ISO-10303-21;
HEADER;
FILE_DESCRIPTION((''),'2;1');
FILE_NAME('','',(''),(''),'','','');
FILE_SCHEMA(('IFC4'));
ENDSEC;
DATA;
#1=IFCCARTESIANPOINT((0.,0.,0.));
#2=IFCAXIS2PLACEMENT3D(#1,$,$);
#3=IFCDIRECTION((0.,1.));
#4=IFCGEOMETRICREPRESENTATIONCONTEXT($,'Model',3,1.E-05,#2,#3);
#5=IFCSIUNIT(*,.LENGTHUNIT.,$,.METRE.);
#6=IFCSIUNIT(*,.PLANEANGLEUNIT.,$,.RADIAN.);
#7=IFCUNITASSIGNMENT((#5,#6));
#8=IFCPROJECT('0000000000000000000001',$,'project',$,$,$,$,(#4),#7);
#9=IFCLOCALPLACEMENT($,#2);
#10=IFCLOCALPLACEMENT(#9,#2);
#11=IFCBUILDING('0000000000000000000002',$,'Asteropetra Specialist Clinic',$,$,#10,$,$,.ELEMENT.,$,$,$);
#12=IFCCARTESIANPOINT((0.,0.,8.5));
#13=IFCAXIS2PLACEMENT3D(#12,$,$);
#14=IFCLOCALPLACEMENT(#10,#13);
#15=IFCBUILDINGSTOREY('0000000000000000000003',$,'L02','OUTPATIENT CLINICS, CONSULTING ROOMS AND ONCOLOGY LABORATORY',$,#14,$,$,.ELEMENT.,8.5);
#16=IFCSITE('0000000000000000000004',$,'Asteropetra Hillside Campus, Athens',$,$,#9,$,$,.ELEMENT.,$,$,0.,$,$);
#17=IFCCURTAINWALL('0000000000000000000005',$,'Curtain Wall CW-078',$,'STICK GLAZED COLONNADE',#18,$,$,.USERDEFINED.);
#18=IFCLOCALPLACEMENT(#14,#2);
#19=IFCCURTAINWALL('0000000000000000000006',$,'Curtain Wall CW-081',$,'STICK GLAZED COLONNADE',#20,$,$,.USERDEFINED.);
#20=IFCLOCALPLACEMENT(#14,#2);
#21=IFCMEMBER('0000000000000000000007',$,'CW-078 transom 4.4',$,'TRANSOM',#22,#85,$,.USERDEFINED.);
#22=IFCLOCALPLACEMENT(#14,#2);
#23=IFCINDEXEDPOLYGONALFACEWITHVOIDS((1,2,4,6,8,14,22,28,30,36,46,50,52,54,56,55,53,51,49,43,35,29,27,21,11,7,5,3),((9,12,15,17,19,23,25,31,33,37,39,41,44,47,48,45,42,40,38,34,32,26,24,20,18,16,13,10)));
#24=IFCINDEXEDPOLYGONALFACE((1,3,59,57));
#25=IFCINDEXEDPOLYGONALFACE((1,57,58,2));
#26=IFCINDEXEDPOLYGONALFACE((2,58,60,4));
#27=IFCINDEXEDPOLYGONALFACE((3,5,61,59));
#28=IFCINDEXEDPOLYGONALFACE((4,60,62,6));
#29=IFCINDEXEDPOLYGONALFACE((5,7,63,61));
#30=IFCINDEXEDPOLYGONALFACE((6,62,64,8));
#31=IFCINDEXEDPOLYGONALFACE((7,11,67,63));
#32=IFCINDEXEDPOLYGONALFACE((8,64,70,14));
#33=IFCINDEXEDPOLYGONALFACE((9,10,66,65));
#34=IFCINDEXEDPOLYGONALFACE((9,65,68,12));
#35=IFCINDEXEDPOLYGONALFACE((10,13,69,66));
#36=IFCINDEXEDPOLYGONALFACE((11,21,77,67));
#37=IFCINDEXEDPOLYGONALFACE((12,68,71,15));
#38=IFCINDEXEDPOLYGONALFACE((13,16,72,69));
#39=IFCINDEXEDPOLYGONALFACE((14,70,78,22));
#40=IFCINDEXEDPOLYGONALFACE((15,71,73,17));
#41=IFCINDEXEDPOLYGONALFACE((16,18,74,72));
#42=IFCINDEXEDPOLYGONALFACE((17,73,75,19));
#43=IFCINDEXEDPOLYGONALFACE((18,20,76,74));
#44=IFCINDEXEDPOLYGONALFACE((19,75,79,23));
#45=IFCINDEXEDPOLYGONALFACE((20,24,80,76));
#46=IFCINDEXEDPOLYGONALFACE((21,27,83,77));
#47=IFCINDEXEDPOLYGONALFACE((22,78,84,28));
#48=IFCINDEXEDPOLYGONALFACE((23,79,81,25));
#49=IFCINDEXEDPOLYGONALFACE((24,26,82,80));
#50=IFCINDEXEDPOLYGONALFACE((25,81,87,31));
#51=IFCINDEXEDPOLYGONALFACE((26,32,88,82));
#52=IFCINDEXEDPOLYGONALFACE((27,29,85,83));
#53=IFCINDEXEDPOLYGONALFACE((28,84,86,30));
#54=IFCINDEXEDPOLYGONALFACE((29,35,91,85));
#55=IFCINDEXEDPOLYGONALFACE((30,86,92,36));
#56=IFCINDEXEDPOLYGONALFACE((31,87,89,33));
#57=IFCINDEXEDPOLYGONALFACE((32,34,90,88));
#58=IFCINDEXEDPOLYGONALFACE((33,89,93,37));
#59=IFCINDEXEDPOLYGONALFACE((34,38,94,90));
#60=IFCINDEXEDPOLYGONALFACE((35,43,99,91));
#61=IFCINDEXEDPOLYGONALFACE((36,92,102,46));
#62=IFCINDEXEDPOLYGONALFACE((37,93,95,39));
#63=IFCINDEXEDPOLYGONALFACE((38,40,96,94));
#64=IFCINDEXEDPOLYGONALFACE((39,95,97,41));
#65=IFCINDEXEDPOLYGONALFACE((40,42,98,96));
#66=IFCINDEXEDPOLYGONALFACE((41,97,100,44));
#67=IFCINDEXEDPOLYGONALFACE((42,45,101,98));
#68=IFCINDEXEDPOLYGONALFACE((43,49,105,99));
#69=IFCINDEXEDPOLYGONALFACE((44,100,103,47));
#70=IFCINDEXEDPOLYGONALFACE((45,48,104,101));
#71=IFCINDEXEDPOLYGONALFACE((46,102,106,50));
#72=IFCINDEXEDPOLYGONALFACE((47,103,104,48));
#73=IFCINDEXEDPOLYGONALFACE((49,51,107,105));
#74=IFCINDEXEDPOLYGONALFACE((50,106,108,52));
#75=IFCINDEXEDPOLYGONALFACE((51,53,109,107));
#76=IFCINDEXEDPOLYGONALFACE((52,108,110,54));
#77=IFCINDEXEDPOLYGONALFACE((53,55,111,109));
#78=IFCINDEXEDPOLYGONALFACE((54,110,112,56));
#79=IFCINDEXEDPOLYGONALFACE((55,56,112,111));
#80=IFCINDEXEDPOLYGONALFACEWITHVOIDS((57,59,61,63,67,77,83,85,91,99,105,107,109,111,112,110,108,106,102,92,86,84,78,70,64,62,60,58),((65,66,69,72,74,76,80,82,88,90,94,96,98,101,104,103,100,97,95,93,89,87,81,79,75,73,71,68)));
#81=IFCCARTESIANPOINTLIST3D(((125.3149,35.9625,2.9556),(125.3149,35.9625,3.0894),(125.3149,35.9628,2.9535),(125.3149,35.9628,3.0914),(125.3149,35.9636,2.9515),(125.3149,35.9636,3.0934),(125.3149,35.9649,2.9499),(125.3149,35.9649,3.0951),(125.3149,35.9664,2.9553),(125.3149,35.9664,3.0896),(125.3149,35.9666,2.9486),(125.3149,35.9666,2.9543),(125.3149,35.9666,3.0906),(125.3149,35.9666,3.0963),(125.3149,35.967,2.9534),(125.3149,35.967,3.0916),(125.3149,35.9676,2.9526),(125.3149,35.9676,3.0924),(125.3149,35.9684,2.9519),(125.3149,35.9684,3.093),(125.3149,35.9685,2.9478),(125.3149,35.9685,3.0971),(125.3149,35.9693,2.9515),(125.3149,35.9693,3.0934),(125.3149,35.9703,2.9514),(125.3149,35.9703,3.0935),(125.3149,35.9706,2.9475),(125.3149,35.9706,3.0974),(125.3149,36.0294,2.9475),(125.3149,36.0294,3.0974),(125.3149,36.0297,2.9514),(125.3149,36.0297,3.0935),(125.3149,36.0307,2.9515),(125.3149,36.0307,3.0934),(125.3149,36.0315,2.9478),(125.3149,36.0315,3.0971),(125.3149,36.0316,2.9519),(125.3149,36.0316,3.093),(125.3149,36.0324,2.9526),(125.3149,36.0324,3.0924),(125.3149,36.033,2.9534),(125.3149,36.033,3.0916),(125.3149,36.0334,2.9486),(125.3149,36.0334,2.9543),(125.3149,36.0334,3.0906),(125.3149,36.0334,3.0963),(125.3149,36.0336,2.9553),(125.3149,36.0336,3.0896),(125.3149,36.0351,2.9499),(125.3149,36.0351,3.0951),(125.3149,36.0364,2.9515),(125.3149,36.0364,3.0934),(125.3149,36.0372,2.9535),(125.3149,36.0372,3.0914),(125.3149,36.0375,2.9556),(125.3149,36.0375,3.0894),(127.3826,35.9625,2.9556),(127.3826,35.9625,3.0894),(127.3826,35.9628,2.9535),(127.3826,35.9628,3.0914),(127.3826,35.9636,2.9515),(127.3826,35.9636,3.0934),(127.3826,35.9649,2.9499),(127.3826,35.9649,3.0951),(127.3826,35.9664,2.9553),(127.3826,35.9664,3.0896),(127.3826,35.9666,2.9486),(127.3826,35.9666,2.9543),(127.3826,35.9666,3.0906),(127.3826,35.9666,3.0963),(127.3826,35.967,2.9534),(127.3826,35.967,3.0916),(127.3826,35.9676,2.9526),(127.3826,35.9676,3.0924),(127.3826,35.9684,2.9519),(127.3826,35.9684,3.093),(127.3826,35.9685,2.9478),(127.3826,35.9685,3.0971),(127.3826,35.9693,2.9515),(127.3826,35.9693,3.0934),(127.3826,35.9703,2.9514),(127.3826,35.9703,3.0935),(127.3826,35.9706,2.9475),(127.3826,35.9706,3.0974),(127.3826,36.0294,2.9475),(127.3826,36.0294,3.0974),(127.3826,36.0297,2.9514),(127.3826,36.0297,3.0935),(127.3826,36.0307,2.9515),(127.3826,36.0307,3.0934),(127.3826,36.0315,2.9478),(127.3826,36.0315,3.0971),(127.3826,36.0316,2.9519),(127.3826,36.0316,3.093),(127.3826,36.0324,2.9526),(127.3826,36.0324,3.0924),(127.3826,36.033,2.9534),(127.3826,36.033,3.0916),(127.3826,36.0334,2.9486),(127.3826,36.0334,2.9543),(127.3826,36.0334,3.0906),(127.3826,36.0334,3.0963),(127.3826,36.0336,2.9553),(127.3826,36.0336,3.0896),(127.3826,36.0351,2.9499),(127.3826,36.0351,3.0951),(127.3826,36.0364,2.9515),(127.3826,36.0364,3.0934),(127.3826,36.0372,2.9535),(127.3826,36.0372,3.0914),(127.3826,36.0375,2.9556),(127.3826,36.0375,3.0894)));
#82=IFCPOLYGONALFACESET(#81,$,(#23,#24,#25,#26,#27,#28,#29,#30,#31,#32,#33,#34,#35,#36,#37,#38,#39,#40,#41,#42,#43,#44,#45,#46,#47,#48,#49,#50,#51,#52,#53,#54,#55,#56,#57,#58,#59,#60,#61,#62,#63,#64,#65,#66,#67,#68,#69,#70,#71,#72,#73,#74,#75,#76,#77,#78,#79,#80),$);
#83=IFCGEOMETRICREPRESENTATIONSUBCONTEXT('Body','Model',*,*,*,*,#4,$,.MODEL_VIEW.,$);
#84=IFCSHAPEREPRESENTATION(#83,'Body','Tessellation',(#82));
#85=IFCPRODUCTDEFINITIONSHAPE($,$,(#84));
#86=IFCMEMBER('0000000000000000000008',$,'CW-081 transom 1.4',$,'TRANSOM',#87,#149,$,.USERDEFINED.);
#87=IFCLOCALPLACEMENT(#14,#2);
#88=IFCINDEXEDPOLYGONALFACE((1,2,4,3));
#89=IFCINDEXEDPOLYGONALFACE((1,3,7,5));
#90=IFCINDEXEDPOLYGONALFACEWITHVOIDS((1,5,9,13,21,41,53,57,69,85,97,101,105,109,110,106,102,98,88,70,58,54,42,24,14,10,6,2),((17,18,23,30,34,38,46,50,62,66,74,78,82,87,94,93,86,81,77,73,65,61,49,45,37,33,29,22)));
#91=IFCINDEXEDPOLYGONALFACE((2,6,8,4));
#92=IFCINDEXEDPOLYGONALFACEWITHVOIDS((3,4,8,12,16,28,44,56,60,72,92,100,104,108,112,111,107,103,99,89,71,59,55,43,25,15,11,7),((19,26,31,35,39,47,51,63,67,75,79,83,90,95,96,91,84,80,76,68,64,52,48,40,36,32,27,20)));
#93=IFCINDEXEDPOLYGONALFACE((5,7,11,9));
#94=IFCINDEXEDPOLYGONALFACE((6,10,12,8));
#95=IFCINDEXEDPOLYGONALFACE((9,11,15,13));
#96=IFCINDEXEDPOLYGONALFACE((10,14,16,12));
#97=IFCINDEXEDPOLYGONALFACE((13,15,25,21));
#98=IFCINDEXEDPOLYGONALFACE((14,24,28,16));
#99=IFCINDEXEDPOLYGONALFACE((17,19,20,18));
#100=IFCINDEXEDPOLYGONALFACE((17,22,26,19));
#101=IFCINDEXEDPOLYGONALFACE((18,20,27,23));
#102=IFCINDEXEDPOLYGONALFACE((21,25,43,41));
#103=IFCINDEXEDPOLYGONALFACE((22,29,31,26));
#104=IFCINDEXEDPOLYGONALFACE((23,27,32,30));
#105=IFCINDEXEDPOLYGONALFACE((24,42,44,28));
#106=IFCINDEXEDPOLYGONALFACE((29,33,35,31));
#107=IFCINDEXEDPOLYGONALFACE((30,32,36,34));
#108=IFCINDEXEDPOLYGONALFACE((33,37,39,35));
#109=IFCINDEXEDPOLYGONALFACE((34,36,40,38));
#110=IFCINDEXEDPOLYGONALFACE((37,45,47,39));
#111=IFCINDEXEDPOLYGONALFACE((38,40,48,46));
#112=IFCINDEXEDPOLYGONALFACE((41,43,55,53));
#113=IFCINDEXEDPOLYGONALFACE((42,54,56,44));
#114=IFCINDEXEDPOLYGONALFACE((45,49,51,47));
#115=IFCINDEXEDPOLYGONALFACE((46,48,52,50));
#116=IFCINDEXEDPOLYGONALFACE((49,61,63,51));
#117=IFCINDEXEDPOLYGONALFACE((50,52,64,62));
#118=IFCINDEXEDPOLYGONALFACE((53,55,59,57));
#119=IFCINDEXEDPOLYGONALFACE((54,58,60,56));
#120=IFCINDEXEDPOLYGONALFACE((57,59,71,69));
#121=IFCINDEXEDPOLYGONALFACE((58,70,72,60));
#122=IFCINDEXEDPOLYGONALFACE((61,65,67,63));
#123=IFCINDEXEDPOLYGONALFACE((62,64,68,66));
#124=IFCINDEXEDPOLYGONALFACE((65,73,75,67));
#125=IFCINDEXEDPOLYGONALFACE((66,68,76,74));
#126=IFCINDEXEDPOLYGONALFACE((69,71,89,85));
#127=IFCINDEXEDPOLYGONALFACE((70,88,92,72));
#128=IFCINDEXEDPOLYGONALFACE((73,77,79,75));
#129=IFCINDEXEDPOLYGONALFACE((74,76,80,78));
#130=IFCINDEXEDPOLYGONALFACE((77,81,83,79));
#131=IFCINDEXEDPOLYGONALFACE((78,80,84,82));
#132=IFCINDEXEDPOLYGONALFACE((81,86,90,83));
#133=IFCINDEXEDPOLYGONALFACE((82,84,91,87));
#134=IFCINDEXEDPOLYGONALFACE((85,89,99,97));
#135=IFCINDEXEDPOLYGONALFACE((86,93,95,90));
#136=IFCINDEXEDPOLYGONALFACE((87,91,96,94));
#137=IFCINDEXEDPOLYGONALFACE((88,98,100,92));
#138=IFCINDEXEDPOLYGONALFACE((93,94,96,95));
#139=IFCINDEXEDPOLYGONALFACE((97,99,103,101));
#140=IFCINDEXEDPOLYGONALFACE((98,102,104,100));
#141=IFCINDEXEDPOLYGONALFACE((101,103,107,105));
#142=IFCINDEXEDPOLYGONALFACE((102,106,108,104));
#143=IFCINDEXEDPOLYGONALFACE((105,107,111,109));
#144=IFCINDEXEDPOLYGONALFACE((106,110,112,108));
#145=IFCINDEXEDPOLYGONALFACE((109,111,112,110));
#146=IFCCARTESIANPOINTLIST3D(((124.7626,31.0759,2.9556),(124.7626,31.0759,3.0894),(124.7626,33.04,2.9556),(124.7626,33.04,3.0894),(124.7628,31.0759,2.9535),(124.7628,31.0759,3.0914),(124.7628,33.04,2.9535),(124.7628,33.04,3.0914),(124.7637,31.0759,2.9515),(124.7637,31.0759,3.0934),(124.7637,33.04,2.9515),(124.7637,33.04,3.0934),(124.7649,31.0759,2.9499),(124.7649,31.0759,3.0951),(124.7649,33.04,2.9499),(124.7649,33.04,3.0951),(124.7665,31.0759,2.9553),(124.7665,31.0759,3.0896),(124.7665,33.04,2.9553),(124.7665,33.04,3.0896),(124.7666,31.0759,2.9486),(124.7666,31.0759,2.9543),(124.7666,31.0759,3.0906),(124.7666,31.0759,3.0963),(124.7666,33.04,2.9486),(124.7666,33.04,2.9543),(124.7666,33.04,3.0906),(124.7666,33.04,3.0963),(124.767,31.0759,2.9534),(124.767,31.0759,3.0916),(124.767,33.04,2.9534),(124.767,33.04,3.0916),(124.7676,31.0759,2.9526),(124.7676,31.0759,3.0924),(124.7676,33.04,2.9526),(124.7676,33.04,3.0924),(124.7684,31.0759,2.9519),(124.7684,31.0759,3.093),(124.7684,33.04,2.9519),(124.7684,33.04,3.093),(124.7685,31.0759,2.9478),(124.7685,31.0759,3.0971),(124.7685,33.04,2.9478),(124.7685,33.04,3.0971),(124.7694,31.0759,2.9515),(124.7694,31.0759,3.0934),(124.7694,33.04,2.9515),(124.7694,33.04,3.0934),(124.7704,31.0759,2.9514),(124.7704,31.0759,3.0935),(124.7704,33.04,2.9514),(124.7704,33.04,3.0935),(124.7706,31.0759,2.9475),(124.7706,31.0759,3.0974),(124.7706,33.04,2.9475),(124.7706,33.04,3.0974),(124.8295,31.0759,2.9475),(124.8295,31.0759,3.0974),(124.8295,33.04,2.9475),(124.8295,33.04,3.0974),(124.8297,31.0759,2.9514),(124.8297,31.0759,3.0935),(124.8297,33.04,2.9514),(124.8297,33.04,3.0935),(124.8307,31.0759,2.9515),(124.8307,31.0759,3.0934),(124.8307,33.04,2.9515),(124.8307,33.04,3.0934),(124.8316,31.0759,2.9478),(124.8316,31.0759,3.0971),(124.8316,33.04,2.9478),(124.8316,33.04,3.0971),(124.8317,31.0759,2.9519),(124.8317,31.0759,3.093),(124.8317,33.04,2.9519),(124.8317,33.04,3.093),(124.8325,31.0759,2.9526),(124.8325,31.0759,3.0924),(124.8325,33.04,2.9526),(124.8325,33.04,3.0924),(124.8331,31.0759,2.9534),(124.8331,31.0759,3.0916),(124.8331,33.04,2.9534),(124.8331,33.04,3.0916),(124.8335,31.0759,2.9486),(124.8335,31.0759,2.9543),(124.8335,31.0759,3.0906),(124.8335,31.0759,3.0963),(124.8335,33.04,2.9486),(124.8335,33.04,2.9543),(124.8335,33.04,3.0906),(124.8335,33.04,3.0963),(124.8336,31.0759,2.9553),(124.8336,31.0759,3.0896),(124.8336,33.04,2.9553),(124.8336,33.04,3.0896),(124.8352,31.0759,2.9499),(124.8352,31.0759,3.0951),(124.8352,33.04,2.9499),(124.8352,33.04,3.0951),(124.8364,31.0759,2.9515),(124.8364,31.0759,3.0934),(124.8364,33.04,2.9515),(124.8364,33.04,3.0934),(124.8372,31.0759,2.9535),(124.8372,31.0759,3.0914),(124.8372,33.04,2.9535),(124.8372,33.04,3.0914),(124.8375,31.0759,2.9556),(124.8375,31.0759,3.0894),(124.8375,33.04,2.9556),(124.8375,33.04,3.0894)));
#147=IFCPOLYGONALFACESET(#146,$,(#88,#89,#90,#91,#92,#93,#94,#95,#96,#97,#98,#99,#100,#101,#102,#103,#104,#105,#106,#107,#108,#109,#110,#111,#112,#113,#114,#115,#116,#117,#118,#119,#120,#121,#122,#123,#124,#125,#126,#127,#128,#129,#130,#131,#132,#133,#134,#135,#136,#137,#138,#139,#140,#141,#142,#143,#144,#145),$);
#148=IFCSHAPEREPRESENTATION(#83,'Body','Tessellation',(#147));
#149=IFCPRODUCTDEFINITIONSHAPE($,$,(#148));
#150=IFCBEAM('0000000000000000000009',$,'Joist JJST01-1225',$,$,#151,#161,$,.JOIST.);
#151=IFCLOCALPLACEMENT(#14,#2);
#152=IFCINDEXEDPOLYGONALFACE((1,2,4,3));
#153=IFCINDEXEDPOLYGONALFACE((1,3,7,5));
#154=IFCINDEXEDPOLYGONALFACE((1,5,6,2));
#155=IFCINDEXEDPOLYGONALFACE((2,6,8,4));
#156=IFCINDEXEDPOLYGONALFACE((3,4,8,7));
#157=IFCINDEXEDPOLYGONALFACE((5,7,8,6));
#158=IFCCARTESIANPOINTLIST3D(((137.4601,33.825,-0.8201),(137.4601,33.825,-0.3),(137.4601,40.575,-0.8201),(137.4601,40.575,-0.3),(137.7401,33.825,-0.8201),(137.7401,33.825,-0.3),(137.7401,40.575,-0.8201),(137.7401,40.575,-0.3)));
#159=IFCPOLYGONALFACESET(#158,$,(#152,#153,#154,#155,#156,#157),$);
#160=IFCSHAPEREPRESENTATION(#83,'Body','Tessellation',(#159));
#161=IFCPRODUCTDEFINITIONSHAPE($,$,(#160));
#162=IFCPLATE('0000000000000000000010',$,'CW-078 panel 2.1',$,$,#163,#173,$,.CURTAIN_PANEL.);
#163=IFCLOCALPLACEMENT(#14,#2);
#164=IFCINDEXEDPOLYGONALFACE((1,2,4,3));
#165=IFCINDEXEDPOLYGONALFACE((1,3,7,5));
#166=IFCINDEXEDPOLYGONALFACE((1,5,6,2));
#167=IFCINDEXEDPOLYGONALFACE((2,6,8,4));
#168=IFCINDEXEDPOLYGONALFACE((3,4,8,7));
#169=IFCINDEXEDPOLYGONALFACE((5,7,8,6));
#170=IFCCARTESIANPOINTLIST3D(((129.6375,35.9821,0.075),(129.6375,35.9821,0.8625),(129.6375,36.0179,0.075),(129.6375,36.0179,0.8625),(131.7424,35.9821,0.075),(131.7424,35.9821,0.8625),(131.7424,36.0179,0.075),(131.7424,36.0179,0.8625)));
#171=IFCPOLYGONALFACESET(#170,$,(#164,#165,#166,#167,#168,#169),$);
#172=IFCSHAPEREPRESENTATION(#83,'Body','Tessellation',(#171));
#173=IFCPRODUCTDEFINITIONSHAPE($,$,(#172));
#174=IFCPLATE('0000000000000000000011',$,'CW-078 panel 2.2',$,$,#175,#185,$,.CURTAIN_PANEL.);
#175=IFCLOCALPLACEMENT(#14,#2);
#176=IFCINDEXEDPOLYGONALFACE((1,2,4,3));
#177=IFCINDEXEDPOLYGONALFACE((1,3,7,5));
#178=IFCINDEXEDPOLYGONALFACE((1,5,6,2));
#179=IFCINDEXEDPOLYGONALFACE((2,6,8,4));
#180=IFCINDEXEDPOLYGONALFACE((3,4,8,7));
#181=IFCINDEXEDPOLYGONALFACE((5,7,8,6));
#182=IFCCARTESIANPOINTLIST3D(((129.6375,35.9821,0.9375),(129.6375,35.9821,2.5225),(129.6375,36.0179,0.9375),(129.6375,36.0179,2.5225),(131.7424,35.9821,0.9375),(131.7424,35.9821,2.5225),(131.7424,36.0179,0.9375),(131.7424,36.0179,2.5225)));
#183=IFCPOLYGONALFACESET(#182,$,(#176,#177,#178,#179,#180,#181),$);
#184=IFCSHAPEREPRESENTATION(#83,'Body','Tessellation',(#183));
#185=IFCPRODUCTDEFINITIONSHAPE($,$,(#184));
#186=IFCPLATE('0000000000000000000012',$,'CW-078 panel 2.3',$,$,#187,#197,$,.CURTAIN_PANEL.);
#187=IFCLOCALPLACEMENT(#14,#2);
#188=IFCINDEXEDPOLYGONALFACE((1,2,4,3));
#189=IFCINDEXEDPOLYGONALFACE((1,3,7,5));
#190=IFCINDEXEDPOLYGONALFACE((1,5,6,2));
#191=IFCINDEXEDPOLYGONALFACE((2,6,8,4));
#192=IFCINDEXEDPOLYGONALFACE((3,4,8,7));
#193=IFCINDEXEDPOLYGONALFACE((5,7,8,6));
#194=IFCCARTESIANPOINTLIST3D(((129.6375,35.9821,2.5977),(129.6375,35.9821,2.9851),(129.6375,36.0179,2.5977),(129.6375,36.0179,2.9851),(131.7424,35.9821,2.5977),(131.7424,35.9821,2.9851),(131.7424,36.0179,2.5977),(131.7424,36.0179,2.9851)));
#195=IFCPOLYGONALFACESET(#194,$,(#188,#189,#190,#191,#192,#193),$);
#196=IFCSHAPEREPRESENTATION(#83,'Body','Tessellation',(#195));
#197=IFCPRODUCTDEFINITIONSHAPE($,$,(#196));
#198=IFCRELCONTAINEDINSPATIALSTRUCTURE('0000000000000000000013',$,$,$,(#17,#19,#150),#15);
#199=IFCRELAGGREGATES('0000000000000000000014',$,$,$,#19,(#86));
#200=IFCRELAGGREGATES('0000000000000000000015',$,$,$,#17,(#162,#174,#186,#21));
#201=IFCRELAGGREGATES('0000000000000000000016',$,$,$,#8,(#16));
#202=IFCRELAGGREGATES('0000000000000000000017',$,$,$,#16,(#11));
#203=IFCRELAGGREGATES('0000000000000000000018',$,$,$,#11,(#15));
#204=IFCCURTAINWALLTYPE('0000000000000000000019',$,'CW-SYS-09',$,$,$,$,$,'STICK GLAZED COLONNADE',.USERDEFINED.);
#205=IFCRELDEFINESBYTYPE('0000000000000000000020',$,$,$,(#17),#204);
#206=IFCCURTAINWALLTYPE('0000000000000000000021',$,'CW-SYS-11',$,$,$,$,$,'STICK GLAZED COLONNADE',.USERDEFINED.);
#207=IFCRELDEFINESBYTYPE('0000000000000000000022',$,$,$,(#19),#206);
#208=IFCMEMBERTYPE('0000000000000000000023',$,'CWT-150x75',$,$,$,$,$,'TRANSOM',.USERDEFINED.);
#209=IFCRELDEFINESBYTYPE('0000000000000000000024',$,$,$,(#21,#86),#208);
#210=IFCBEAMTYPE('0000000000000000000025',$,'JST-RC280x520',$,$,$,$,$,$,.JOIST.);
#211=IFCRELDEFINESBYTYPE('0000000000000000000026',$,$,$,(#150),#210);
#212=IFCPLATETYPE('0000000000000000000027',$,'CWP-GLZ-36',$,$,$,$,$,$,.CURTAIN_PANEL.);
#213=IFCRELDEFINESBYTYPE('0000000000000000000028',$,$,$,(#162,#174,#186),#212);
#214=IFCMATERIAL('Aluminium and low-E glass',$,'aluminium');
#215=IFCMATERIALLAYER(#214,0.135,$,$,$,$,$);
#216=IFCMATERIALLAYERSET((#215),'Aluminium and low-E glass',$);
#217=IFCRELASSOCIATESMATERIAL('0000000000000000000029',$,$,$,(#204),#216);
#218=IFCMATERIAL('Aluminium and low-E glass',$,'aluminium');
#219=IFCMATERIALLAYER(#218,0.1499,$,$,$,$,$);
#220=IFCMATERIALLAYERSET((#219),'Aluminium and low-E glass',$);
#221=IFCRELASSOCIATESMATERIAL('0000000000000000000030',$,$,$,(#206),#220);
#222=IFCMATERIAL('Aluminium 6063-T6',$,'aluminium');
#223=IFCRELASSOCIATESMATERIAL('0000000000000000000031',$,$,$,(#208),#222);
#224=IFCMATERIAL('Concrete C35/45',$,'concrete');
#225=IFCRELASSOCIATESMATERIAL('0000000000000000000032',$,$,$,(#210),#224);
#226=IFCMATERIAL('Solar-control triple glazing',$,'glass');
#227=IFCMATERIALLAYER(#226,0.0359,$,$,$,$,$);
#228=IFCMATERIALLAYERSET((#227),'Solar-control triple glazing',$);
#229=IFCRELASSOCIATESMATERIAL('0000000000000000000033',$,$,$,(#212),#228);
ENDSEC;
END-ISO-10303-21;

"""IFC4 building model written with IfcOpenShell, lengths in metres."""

from ifc_helpers import new_model, si_unit, direction, frame, origin, origin_2d, place, context, subcontext, project, spatial, rectangle, hollow_rectangle, extrude, material, layer, layer_set, material_profile, profile_set, type_object, element, aggregate, save


model = new_model("IFC4")

# Units and contexts
model_context = context("Model", 3, precision=1e-05, world=origin(), true_north=direction((0.0, 1.0)))
body_context = subcontext(model_context, "Body", "Model", "MODEL_VIEW")
ifc_project = project(units=[si_unit("LENGTHUNIT", "METRE"), si_unit("PLANEANGLEUNIT", "RADIAN")], contexts=[model_context])

# Site, building, storey
site_placement = place(None, origin())
site = spatial("IfcSite", under=ifc_project, at=site_placement, Name="Asteropetra Hillside Campus, Athens", CompositionType="ELEMENT", RefElevation=0.0)
building_placement = place(site_placement, origin())
building = spatial("IfcBuilding", under=site, at=building_placement, Name="Asteropetra Specialist Clinic", CompositionType="ELEMENT")
storey_placement = place(building_placement, frame((0.0, 0.0, 8.5)))
storey = spatial("IfcBuildingStorey", under=building, at=storey_placement, Name="L02", Description="OUTPATIENT CLINICS, CONSULTING ROOMS AND ONCOLOGY LABORATORY", CompositionType="ELEMENT", Elevation=8.5)

# Curtain wall
ifc_material_1 = material(Name="Aluminium and low-E glass", Category="aluminium")
ifc_layer_1 = layer(ifc_material_1, 0.135)
ifc_layer_set_1 = layer_set([ifc_layer_1], Name="Aluminium and low-E glass")
curtain_wall_type_1 = type_object("IfcCurtainWallType", Name="CW-SYS-09", ElementType="STICK GLAZED COLONNADE", PredefinedType="USERDEFINED", material=ifc_layer_set_1)
curtain_wall_1_placement = place(storey_placement, origin())
curtain_wall_1 = element("IfcCurtainWall", 1, at=curtain_wall_1_placement, inside=storey, type_object=curtain_wall_type_1, Name="Curtain Wall CW-078", ObjectType="STICK GLAZED COLONNADE", PredefinedType="USERDEFINED")

# Curtain wall
ifc_material_2 = material(Name="Aluminium and low-E glass", Category="aluminium")
ifc_layer_2 = layer(ifc_material_2, 0.1499)
ifc_layer_set_2 = layer_set([ifc_layer_2], Name="Aluminium and low-E glass")
curtain_wall_type_2 = type_object("IfcCurtainWallType", Name="CW-SYS-11", ElementType="STICK GLAZED COLONNADE", PredefinedType="USERDEFINED", material=ifc_layer_set_2)
curtain_wall_2_placement = place(storey_placement, origin())
curtain_wall_2 = element("IfcCurtainWall", 2, at=curtain_wall_2_placement, inside=storey, type_object=curtain_wall_type_2, Name="Curtain Wall CW-081", ObjectType="STICK GLAZED COLONNADE", PredefinedType="USERDEFINED")

# Members
ifc_material_3 = material(Name="Aluminium 6063-T6", Category="aluminium")
ifc_material_profile_1 = material_profile(ifc_material_3, hollow_rectangle(XDim=0.075, YDim=0.1499, WallThickness=0.0039, InnerFilletRadius=0.0039, OuterFilletRadius=0.0081, at=origin_2d()), Name="TRN 150x75x4.0")
ifc_profile_set_1 = profile_set([ifc_material_profile_1], Name="Aluminium 6063-T6")
member_type_1 = type_object("IfcMemberType", Name="CWT-150x75", ElementType="TRANSOM", PredefinedType="USERDEFINED", material=ifc_profile_set_1)
member_1_placement = place(storey_placement, frame((127.3826, 36.0, 3.0225), z_axis=(-1.0, 0.0, 0.0), x_axis=(0.0, -1.0, 0.0)))
member_1 = element("IfcMember", 3, at=member_1_placement, type_object=member_type_1, Name="CW-078 transom 4.4", ObjectType="TRANSOM", PredefinedType="USERDEFINED", context=body_context, shape_type="SweptSolid", body=[
    extrude(hollow_rectangle(XDim=0.075, YDim=0.1499, WallThickness=0.0039, InnerFilletRadius=0.0039, OuterFilletRadius=0.0081, at=origin_2d()), origin(), (0.0, 0.0, 1.0), 2.0676),
])
member_2_placement = place(storey_placement, frame((124.8, 33.04, 3.0225), z_axis=(0.0, -1.0, 0.0), x_axis=(1.0, 0.0, 0.0)))
member_2 = element("IfcMember", 4, at=member_2_placement, type_object=member_type_1, Name="CW-081 transom 1.4", ObjectType="TRANSOM", PredefinedType="USERDEFINED", context=body_context, shape_type="SweptSolid", body=[
    extrude(hollow_rectangle(XDim=0.075, YDim=0.1499, WallThickness=0.0039, InnerFilletRadius=0.0039, OuterFilletRadius=0.0081, at=origin_2d()), origin(), (0.0, 0.0, 1.0), 1.9641),
])
aggregate(curtain_wall_2, [member_2])

# Beam
ifc_material_4 = material(Name="Concrete C35/45", Category="concrete")
ifc_material_profile_2 = material_profile(ifc_material_4, rectangle(XDim=0.28, YDim=0.52, at=origin_2d()), Name="RCJ 280x520")
ifc_profile_set_2 = profile_set([ifc_material_profile_2], Name="Concrete C35/45")
beam_type_1 = type_object("IfcBeamType", Name="JST-RC280x520", PredefinedType="JOIST", material=ifc_profile_set_2)
beam_1_placement = place(storey_placement, frame((137.6001, 33.825, -0.5601), z_axis=(0.0, 1.0, 0.0), x_axis=(-1.0, 0.0, 0.0)))
element("IfcBeam", 5, at=beam_1_placement, inside=storey, type_object=beam_type_1, Name="Joist JJST01-1225", PredefinedType="JOIST", context=body_context, shape_type="SweptSolid", body=[
    extrude(rectangle(XDim=0.28, YDim=0.52, at=origin_2d()), origin(), (0.0, 0.0, 1.0), 6.75),
])

# Plates
ifc_material_5 = material(Name="Solar-control triple glazing", Category="glass")
ifc_layer_3 = layer(ifc_material_5, 0.0359)
ifc_layer_set_3 = layer_set([ifc_layer_3], Name="Solar-control triple glazing")
plate_type = type_object("IfcPlateType", Name="CWP-GLZ-36", PredefinedType="CURTAIN_PANEL", material=ifc_layer_set_3)
plate_1_placement = place(storey_placement, frame((130.6899, 36.0, 0.075), z_axis=(0.0, 0.0, 1.0), x_axis=(-1.0, 0.0, 0.0)))
plate_1 = element("IfcPlate", 6, at=plate_1_placement, type_object=plate_type, Name="CW-078 panel 2.1", PredefinedType="CURTAIN_PANEL", context=body_context, shape_type="SweptSolid", body=[
    extrude(rectangle(XDim=2.105, YDim=0.0359, at=origin_2d()), origin(), (0.0, 0.0, 1.0), 0.7876),
])
plate_2_placement = place(storey_placement, frame((130.6899, 36.0, 0.9375), z_axis=(0.0, 0.0, 1.0), x_axis=(-1.0, 0.0, 0.0)))
plate_2 = element("IfcPlate", 7, at=plate_2_placement, type_object=plate_type, Name="CW-078 panel 2.2", PredefinedType="CURTAIN_PANEL", context=body_context, shape_type="SweptSolid", body=[
    extrude(rectangle(XDim=2.105, YDim=0.0359, at=origin_2d()), origin(), (0.0, 0.0, 1.0), 1.585),
])
plate_3_placement = place(storey_placement, frame((130.6899, 36.0, 2.5977), z_axis=(0.0, 0.0, 1.0), x_axis=(-1.0, 0.0, 0.0)))
plate_3 = element("IfcPlate", 8, at=plate_3_placement, type_object=plate_type, Name="CW-078 panel 2.3", PredefinedType="CURTAIN_PANEL", context=body_context, shape_type="SweptSolid", body=[
    extrude(rectangle(XDim=2.105, YDim=0.0359, at=origin_2d()), origin(), (0.0, 0.0, 1.0), 0.3875),
])
aggregate(curtain_wall_1, [plate_1, plate_2, plate_3, member_1])

save(model, "model.ifc")
